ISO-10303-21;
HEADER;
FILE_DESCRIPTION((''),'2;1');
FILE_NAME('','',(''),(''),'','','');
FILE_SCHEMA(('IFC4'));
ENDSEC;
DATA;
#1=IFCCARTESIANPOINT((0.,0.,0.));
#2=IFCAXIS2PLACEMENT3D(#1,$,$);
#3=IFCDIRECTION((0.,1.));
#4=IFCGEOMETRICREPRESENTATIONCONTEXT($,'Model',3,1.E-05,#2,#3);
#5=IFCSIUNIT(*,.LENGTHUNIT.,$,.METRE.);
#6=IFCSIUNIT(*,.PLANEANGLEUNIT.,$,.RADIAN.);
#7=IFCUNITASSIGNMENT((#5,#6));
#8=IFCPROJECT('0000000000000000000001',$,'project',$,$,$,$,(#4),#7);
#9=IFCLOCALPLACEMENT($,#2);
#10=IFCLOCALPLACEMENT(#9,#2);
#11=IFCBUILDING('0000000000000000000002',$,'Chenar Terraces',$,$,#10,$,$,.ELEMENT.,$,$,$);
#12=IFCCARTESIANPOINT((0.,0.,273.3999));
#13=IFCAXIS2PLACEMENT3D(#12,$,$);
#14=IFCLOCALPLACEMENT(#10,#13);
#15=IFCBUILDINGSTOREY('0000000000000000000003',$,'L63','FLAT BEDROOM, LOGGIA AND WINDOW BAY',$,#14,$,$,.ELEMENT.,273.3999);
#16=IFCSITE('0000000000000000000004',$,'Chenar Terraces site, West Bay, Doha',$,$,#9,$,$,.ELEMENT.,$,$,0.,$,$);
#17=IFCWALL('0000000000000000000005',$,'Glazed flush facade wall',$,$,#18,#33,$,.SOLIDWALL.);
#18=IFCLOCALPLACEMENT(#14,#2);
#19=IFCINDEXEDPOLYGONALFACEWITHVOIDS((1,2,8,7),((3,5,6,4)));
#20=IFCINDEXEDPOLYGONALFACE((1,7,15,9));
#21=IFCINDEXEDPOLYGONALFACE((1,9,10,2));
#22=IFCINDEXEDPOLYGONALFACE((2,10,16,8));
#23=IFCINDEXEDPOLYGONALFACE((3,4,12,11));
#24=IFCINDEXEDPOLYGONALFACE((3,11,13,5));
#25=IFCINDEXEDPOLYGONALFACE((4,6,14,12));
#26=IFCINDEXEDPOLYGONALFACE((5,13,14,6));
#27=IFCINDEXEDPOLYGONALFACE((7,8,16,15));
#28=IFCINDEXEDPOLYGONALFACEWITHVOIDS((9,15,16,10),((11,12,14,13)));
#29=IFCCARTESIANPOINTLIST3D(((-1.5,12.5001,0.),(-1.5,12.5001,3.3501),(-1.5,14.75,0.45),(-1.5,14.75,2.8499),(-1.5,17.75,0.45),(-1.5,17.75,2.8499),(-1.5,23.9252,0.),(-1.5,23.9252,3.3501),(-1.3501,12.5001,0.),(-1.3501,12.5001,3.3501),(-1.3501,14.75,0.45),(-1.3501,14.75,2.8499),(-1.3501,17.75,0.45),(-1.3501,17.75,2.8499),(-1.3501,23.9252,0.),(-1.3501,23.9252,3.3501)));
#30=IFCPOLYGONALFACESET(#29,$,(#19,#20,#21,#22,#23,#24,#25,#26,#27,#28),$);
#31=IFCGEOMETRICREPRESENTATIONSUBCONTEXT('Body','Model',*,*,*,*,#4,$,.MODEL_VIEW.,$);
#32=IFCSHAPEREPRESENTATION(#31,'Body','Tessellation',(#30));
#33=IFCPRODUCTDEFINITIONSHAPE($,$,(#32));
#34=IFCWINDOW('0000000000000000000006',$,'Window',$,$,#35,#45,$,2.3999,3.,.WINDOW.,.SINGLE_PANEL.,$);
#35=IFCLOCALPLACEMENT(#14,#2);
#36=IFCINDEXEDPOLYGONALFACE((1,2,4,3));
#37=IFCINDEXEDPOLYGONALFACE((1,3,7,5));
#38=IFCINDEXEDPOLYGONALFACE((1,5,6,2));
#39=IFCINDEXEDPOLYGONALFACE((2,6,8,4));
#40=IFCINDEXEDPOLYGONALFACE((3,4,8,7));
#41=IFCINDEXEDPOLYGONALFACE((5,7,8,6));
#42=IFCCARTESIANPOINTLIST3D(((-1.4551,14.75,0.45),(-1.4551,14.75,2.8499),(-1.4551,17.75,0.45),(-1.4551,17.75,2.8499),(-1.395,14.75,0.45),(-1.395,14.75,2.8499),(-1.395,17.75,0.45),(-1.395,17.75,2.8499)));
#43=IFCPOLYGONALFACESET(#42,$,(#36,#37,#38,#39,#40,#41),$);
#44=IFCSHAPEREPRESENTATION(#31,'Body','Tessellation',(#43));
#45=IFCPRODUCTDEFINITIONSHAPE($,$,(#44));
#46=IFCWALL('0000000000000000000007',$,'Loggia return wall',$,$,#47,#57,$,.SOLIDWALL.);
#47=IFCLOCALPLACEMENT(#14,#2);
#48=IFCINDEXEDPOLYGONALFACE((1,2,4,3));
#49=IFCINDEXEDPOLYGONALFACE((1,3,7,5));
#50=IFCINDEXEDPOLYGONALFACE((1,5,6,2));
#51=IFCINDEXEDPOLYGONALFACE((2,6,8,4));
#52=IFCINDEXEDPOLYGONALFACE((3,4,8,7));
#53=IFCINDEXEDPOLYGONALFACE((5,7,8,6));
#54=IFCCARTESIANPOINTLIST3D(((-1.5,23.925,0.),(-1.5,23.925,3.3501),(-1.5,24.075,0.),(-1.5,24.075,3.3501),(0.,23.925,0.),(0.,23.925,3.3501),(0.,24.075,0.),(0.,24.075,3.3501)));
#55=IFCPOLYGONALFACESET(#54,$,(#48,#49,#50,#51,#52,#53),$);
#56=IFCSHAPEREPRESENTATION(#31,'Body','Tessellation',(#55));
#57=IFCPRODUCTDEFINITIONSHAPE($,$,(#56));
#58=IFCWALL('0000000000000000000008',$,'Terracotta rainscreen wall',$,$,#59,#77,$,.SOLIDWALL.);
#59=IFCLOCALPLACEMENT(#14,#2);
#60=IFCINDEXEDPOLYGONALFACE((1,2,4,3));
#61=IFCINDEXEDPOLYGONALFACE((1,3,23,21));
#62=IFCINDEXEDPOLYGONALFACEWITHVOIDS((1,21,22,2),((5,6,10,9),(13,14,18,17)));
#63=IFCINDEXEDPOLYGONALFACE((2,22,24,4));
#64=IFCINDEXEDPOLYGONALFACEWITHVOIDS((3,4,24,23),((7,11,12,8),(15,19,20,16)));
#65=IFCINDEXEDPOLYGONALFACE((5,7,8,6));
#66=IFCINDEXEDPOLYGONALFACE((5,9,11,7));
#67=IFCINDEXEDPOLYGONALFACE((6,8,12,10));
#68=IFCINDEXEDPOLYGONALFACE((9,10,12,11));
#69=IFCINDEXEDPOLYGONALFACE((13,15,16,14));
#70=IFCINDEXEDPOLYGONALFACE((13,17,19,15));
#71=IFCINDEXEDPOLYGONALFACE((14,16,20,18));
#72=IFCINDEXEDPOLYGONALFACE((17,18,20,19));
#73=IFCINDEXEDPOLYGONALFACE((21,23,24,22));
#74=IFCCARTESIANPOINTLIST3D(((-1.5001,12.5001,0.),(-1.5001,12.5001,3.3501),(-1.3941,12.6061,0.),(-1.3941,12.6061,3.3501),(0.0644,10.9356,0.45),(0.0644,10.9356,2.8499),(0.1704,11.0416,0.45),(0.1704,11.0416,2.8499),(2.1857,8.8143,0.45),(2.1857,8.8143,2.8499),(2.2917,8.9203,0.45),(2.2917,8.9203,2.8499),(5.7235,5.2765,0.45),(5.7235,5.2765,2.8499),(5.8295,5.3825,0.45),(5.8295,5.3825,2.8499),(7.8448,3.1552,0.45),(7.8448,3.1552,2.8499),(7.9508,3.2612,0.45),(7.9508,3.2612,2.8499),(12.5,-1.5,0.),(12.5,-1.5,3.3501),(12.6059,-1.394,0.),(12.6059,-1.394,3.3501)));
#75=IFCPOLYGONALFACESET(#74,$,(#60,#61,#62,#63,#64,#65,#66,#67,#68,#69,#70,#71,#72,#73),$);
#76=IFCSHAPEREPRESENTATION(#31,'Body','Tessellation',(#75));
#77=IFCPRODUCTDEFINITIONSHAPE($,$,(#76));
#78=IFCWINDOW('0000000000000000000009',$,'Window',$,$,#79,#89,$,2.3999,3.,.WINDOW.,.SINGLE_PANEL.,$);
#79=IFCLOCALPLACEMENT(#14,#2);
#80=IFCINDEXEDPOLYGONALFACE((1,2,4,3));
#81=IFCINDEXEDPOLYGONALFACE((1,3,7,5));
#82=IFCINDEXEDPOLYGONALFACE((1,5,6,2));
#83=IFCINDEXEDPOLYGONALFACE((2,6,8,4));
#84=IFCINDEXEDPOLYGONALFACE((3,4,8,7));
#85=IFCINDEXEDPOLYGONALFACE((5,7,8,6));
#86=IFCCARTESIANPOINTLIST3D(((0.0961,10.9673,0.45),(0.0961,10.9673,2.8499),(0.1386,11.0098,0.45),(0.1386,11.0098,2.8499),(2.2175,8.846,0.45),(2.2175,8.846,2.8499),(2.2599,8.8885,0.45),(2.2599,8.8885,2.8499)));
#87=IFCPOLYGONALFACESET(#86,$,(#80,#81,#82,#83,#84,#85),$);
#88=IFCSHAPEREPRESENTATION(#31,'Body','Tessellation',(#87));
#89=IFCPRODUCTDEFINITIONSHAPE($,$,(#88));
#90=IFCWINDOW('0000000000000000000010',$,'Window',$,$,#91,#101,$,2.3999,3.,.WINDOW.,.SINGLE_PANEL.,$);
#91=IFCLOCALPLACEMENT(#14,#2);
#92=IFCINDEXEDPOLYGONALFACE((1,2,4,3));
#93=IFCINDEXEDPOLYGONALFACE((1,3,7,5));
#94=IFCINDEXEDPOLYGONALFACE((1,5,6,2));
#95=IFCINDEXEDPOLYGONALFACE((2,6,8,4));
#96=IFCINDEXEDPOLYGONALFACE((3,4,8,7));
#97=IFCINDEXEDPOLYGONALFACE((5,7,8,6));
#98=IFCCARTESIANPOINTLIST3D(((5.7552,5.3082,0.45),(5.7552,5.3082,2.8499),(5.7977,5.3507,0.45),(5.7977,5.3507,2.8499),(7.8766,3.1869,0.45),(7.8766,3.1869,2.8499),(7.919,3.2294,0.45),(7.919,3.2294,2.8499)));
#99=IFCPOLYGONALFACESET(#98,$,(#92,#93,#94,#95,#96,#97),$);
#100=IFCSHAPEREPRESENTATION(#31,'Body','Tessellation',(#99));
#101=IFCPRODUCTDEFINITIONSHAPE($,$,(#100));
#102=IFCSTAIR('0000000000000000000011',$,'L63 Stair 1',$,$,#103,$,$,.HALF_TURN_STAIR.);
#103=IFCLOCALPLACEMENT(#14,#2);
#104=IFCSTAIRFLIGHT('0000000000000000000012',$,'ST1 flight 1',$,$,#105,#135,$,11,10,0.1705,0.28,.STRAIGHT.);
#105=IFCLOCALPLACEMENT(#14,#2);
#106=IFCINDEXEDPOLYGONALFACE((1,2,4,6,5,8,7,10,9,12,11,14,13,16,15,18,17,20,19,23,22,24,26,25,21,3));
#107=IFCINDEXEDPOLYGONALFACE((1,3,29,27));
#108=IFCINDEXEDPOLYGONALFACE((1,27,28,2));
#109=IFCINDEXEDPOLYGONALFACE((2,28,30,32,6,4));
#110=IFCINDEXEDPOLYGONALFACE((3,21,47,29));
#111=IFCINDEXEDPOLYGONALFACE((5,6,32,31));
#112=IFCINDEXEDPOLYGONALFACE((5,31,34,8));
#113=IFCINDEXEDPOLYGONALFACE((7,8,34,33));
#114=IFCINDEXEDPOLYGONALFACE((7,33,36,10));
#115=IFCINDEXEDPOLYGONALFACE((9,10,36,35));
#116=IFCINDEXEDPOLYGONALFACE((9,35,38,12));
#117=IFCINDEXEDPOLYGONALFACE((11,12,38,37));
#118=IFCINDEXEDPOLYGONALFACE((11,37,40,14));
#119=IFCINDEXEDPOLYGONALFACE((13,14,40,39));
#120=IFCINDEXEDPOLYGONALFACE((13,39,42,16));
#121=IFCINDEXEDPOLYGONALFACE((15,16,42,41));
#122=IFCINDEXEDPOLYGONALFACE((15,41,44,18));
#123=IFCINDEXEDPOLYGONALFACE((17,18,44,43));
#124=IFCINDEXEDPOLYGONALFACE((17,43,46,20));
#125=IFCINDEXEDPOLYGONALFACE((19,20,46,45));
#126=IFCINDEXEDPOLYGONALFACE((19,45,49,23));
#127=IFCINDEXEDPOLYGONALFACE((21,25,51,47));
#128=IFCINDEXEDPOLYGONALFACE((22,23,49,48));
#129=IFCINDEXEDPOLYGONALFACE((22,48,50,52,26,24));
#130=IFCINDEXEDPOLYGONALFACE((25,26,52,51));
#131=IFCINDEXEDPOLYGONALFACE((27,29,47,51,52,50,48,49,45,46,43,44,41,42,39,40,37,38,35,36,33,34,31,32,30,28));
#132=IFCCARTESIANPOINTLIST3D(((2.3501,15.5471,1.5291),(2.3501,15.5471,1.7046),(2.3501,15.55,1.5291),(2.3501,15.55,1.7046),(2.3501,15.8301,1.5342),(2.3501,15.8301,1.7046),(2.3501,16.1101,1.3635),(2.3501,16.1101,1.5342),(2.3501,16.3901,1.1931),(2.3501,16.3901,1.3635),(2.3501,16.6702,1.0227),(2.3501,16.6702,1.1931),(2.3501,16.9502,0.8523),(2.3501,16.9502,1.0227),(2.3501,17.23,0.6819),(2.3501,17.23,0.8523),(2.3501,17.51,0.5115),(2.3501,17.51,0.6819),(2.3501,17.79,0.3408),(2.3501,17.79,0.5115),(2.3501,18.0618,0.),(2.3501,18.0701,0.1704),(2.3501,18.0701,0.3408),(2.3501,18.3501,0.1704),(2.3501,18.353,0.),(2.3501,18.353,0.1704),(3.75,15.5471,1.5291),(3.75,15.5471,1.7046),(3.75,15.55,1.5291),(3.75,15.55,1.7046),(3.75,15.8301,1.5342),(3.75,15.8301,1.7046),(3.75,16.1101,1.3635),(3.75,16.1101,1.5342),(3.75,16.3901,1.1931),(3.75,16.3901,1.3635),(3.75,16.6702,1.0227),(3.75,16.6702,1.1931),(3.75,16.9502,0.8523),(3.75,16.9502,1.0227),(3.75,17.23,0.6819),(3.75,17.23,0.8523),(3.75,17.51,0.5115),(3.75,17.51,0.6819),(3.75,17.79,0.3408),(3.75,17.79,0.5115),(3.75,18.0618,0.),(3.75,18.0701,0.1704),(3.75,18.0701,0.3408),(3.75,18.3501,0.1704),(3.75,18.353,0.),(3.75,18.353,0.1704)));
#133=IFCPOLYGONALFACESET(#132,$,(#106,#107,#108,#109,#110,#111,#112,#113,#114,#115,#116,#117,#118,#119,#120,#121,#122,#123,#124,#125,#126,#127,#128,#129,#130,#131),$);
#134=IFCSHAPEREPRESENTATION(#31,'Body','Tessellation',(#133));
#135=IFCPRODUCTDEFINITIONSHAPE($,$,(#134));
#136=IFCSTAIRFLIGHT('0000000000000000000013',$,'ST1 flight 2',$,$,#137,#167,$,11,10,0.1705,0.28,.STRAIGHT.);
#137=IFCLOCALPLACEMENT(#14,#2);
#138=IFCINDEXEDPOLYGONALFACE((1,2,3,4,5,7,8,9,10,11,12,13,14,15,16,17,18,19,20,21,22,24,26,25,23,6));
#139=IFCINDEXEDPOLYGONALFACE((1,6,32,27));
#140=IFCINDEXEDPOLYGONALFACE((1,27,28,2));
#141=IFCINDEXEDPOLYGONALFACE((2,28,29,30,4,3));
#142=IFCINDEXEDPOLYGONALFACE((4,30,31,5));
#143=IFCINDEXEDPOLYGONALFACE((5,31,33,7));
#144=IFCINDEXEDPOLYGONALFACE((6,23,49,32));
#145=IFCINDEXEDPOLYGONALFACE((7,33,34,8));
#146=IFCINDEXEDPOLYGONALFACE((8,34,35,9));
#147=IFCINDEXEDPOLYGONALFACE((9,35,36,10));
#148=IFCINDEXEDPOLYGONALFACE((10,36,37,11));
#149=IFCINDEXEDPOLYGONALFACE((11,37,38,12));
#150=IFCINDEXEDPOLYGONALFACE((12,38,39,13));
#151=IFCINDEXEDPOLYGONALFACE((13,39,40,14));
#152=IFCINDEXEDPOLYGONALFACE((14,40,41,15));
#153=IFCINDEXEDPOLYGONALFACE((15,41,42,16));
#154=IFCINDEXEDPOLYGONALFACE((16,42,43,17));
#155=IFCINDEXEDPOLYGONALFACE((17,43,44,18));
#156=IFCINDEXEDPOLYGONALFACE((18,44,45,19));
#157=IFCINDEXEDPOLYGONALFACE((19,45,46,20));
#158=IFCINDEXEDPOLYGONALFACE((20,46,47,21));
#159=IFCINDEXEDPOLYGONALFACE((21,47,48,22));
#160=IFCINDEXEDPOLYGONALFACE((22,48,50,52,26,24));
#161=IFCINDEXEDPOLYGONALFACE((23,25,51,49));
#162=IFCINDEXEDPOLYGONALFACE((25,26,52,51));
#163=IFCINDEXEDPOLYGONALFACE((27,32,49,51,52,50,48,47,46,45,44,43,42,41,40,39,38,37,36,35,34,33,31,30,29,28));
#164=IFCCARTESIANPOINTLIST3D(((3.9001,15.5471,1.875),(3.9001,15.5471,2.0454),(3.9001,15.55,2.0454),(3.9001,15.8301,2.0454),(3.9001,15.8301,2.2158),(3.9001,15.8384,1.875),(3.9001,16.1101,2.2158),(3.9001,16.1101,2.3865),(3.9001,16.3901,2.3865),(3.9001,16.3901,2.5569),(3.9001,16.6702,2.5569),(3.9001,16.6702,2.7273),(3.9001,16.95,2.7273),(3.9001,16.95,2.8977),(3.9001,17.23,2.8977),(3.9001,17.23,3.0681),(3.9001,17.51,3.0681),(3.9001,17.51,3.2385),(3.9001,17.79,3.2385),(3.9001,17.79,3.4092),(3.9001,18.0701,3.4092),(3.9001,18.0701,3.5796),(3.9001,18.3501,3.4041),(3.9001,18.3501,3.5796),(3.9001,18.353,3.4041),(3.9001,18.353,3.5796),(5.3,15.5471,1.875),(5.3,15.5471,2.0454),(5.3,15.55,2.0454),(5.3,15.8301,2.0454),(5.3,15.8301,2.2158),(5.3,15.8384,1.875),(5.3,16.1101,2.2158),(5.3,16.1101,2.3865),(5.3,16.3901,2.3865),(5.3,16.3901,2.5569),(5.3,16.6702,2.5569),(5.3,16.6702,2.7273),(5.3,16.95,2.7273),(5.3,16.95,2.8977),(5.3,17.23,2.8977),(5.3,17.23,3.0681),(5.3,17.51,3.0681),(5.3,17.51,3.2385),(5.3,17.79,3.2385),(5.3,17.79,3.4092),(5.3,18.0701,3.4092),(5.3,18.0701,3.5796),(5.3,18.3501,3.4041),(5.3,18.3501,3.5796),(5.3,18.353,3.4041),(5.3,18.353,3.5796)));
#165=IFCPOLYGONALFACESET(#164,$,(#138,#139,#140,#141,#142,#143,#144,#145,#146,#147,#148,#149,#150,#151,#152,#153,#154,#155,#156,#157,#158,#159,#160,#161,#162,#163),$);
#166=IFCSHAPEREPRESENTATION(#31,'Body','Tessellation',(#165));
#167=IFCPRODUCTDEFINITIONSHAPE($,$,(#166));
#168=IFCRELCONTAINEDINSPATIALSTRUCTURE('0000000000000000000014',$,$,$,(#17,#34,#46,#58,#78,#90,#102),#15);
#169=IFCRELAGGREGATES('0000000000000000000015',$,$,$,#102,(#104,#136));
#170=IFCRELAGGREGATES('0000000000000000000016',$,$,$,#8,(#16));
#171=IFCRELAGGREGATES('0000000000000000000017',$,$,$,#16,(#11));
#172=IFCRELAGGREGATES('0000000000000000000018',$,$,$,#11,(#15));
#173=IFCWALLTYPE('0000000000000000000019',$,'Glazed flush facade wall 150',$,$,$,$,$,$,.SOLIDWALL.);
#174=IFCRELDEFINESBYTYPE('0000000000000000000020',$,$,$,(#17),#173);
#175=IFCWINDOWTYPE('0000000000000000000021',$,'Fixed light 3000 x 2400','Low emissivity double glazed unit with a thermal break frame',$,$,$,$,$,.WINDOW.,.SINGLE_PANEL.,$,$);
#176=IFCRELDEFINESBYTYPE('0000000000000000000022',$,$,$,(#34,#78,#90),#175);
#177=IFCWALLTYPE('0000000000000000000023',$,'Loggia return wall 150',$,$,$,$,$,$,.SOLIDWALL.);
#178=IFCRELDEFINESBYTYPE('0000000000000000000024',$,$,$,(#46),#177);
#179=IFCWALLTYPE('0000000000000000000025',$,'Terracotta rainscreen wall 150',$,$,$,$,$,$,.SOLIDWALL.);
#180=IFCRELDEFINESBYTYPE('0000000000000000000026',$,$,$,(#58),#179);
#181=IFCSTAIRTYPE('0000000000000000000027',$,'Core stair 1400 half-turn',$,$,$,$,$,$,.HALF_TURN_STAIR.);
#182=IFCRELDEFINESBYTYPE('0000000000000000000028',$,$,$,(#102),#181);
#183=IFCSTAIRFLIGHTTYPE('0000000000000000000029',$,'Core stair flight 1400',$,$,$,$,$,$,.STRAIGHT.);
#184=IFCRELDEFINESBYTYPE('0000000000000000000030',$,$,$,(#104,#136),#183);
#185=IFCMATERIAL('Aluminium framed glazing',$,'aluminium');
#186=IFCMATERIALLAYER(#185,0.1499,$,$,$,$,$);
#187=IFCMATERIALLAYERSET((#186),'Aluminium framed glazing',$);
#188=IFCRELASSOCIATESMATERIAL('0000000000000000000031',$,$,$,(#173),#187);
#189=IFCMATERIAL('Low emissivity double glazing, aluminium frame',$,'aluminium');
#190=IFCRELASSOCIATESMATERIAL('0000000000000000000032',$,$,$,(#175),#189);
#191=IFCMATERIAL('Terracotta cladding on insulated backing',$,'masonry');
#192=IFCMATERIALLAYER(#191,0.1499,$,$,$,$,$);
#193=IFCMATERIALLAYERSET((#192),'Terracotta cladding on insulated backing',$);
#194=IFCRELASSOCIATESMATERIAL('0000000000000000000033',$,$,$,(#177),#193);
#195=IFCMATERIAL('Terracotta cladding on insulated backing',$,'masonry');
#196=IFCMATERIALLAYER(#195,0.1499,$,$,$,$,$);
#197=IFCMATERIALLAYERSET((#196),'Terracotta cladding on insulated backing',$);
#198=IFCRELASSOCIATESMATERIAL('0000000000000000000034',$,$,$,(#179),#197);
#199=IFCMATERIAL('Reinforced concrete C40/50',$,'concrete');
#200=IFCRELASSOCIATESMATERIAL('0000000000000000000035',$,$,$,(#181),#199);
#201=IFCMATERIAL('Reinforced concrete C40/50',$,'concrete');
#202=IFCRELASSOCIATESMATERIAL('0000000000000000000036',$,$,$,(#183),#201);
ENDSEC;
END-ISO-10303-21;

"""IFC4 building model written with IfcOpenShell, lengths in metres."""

from ifc_helpers import new_model, si_unit, direction, frame, frame_2d, origin, place, context, subcontext, project, spatial, polyline, rectangle, outline, extrude, material, layer, layer_set, type_object, element, fill, aggregate, save


model = new_model("IFC4")

# Units and contexts
model_context = context("Model", 3, precision=1e-05, world=origin(), true_north=direction((0.0, 1.0)))
body_context = subcontext(model_context, "Body", "Model", "MODEL_VIEW")
ifc_project = project(units=[si_unit("LENGTHUNIT", "METRE"), si_unit("PLANEANGLEUNIT", "RADIAN")], contexts=[model_context])

# Site, building, storey
site_placement = place(None, origin())
site = spatial("IfcSite", under=ifc_project, at=site_placement, Name="Chenar Terraces site, West Bay, Doha", CompositionType="ELEMENT", RefElevation=0.0)
building_placement = place(site_placement, origin())
building = spatial("IfcBuilding", under=site, at=building_placement, Name="Chenar Terraces", CompositionType="ELEMENT")
storey_placement = place(building_placement, frame((0.0, 0.0, 273.3999)))
storey = spatial("IfcBuildingStorey", under=building, at=storey_placement, Name="L63", Description="FLAT BEDROOM, LOGGIA AND WINDOW BAY", CompositionType="ELEMENT", Elevation=273.3999)

# Wall, opening, window
ifc_material_1 = material(Name="Aluminium framed glazing", Category="aluminium")
ifc_layer_1 = layer(ifc_material_1, 0.1499)
ifc_layer_set_1 = layer_set([ifc_layer_1], Name="Aluminium framed glazing")
wall_type_1 = type_object("IfcWallType", Name="Glazed flush facade wall 150", PredefinedType="SOLIDWALL", material=ifc_layer_set_1)
wall_1_placement = place(storey_placement, frame((-1.425, 23.925, 0.0), z_axis=(0.0, 0.0, 1.0), x_axis=(0.0, -1.0, 0.0)))
wall_1 = element("IfcWall", 1, at=wall_1_placement, inside=storey, type_object=wall_type_1, Name="Glazed flush facade wall", PredefinedType="SOLIDWALL", context=body_context, shape_type="SweptSolid", body=[
    extrude(rectangle(XDim=11.425, YDim=0.1499, at=frame_2d((5.7124, 0.0))), origin(), (0.0, 0.0, 1.0), 3.3501),
])
opening_1_placement = place(wall_1_placement, frame((6.175, 0.0, 0.45)))
opening_1 = element("IfcOpeningElement", 2, at=opening_1_placement, cuts=wall_1, PredefinedType="OPENING", context=body_context, shape_type="SweptSolid", body=[
    extrude(rectangle(XDim=3.0, YDim=2.3999, at=frame_2d((1.5, 1.2))), frame((0.0, 0.085, 0.0), z_axis=(0.0, -1.0, 0.0), x_axis=(1.0, 0.0, 0.0)), (0.0, 0.0, 1.0), 0.1699),
])
ifc_material_2 = material(Name="Low emissivity double glazing, aluminium frame", Category="aluminium")
window_type = type_object("IfcWindowType", Name="Fixed light 3000 x 2400", Description="Low emissivity double glazed unit with a thermal break frame", PartitioningType="SINGLE_PANEL", PredefinedType="WINDOW", material=ifc_material_2)
window_1_placement = place(opening_1_placement, origin())
window_1 = element("IfcWindow", 3, at=window_1_placement, inside=storey, type_object=window_type, Name="Window", OverallHeight=2.3999, OverallWidth=3.0, PartitioningType="SINGLE_PANEL", PredefinedType="WINDOW", context=body_context, shape_type="SweptSolid", body=[
    extrude(rectangle(XDim=3.0, YDim=2.3999, at=frame_2d((1.5, 1.2))), frame((0.0, 0.03, 0.0), z_axis=(0.0, -1.0, 0.0), x_axis=(1.0, 0.0, 0.0)), (0.0, 0.0, 1.0), 0.0601),
])
fill(opening_1, window_1)

# Wall
ifc_material_3 = material(Name="Terracotta cladding on insulated backing", Category="masonry")
ifc_layer_2 = layer(ifc_material_3, 0.1499)
ifc_layer_set_2 = layer_set([ifc_layer_2], Name="Terracotta cladding on insulated backing")
wall_type_2 = type_object("IfcWallType", Name="Loggia return wall 150", PredefinedType="SOLIDWALL", material=ifc_layer_set_2)
wall_2_placement = place(storey_placement, frame((-1.5, 24.0, 0.0), z_axis=(0.0, 0.0, 1.0), x_axis=(1.0, 0.0, 0.0)))
element("IfcWall", 4, at=wall_2_placement, inside=storey, type_object=wall_type_2, Name="Loggia return wall", PredefinedType="SOLIDWALL", context=body_context, shape_type="SweptSolid", body=[
    extrude(rectangle(XDim=1.5, YDim=0.1499, at=frame_2d((0.75, 0.0))), origin(), (0.0, 0.0, 1.0), 3.3501),
])

# Wall, openings, windows
ifc_material_4 = material(Name="Terracotta cladding on insulated backing", Category="masonry")
ifc_layer_3 = layer(ifc_material_4, 0.1499)
ifc_layer_set_3 = layer_set([ifc_layer_3], Name="Terracotta cladding on insulated backing")
wall_type_3 = type_object("IfcWallType", Name="Terracotta rainscreen wall 150", PredefinedType="SOLIDWALL", material=ifc_layer_set_3)
wall_3_placement = place(storey_placement, frame((-1.447, 12.553, 0.0), z_axis=(0.0, 0.0, 1.0), x_axis=(0.707107, -0.707107, 0.0)))
wall_3 = element("IfcWall", 5, at=wall_3_placement, inside=storey, type_object=wall_type_3, Name="Terracotta rainscreen wall", PredefinedType="SOLIDWALL", context=body_context, shape_type="SweptSolid", body=[
    extrude(rectangle(XDim=19.7991, YDim=0.1499, at=frame_2d((9.8994, 0.0))), origin(), (0.0, 0.0, 1.0), 3.3501),
])
opening_2_placement = place(wall_3_placement, frame((2.2124, 0.0, 0.45)))
opening_2 = element("IfcOpeningElement", 6, at=opening_2_placement, cuts=wall_3, PredefinedType="OPENING", context=body_context, shape_type="SweptSolid", body=[
    extrude(rectangle(XDim=3.0, YDim=2.3999, at=frame_2d((1.5, 1.2))), frame((0.0, 0.085, 0.0), z_axis=(0.0, -1.0, 0.0), x_axis=(1.0, 0.0, 0.0)), (0.0, 0.0, 1.0), 0.1699),
])
opening_3_placement = place(wall_3_placement, frame((10.2156, 0.0, 0.45)))
opening_3 = element("IfcOpeningElement", 7, at=opening_3_placement, cuts=wall_3, PredefinedType="OPENING", context=body_context, shape_type="SweptSolid", body=[
    extrude(rectangle(XDim=3.0, YDim=2.3999, at=frame_2d((1.5, 1.2))), frame((0.0, 0.085, 0.0), z_axis=(0.0, -1.0, 0.0), x_axis=(1.0, 0.0, 0.0)), (0.0, 0.0, 1.0), 0.1699),
])
window_2_placement = place(opening_2_placement, origin())
window_2 = element("IfcWindow", 8, at=window_2_placement, inside=storey, type_object=window_type, Name="Window", OverallHeight=2.3999, OverallWidth=3.0, PartitioningType="SINGLE_PANEL", PredefinedType="WINDOW", context=body_context, shape_type="SweptSolid", body=[
    extrude(rectangle(XDim=3.0, YDim=2.3999, at=frame_2d((1.5, 1.2))), frame((0.0, 0.03, 0.0), z_axis=(0.0, -1.0, 0.0), x_axis=(1.0, 0.0, 0.0)), (0.0, 0.0, 1.0), 0.0601),
])
fill(opening_2, window_2)
window_3_placement = place(opening_3_placement, origin())
window_3 = element("IfcWindow", 9, at=window_3_placement, inside=storey, type_object=window_type, Name="Window", OverallHeight=2.3999, OverallWidth=3.0, PartitioningType="SINGLE_PANEL", PredefinedType="WINDOW", context=body_context, shape_type="SweptSolid", body=[
    extrude(rectangle(XDim=3.0, YDim=2.3999, at=frame_2d((1.5, 1.2))), frame((0.0, 0.03, 0.0), z_axis=(0.0, -1.0, 0.0), x_axis=(1.0, 0.0, 0.0)), (0.0, 0.0, 1.0), 0.0601),
])
fill(opening_3, window_3)

# Stair, stair flights
ifc_material_5 = material(Name="Reinforced concrete C40/50", Category="concrete")
stair_type = type_object("IfcStairType", Name="Core stair 1400 half-turn", PredefinedType="HALF_TURN_STAIR", material=ifc_material_5)
stair_placement = place(storey_placement, origin())
stair = element("IfcStair", 10, at=stair_placement, inside=storey, type_object=stair_type, Name="L63 Stair 1", PredefinedType="HALF_TURN_STAIR")
ifc_material_6 = material(Name="Reinforced concrete C40/50", Category="concrete")
stair_flight_type = type_object("IfcStairFlightType", Name="Core stair flight 1400", PredefinedType="STRAIGHT", material=ifc_material_6)
stair_flight_1_placement = place(storey_placement, frame((3.05, 18.3501, 0.0), z_axis=(0.0, 0.0, 1.0), x_axis=(0.0, -1.0, 0.0)))
stair_flight_1 = element("IfcStairFlight", 11, at=stair_flight_1_placement, type_object=stair_flight_type, Name="ST1 flight 1", NumberOfRisers=11, NumberOfTreads=10, PredefinedType="STRAIGHT", RiserHeight=0.1705, TreadLength=0.28, context=body_context, shape_type="SweptSolid", body=[
    extrude(outline(polyline([(-0.0029, 0.0), (-0.0029, 0.1704), (0.0, 0.1704), (0.28, 0.1704), (0.28, 0.3408), (0.5601, 0.3408), (0.5601, 0.5115), (0.8401, 0.5115), (0.8401, 0.6819), (1.1201, 0.6819), (1.1201, 0.8523), (1.3999, 0.8523), (1.3999, 1.0227), (1.6799, 1.0227), (1.6799, 1.1931), (1.96, 1.1931), (1.96, 1.3635), (2.24, 1.3635), (2.24, 1.5342), (2.52, 1.5342), (2.52, 1.7046), (2.8, 1.7046), (2.803, 1.7046), (2.803, 1.5291), (2.8, 1.5291), (0.2883, 0.0), (-0.0029, 0.0)])), frame((0.0, 0.7, 0.0), z_axis=(0.0, -1.0, 0.0), x_axis=(1.0, 0.0, 0.0)), (0.0, 0.0, 1.0), 1.3999),
])
stair_flight_2_placement = place(storey_placement, frame((4.6001, 15.55, 1.875), z_axis=(0.0, 0.0, 1.0), x_axis=(0.0, 1.0, 0.0)))
stair_flight_2 = element("IfcStairFlight", 12, at=stair_flight_2_placement, type_object=stair_flight_type, Name="ST1 flight 2", NumberOfRisers=11, NumberOfTreads=10, PredefinedType="STRAIGHT", RiserHeight=0.1705, TreadLength=0.28, context=body_context, shape_type="SweptSolid", body=[
    extrude(outline(polyline([(-0.0029, 0.0), (-0.0029, 0.1704), (0.0, 0.1704), (0.28, 0.1704), (0.28, 0.3408), (0.5601, 0.3408), (0.5601, 0.5115), (0.8401, 0.5115), (0.8401, 0.6819), (1.1201, 0.6819), (1.1201, 0.8523), (1.3999, 0.8523), (1.3999, 1.0227), (1.6799, 1.0227), (1.6799, 1.1931), (1.96, 1.1931), (1.96, 1.3635), (2.24, 1.3635), (2.24, 1.5342), (2.52, 1.5342), (2.52, 1.7046), (2.8, 1.7046), (2.803, 1.7046), (2.803, 1.5291), (2.8, 1.5291), (0.2883, 0.0), (-0.0029, 0.0)])), frame((0.0, 0.7, 0.0), z_axis=(0.0, -1.0, 0.0), x_axis=(1.0, 0.0, 0.0)), (0.0, 0.0, 1.0), 1.3999),
])
aggregate(stair, [stair_flight_1, stair_flight_2])

save(model, "model.ifc")
